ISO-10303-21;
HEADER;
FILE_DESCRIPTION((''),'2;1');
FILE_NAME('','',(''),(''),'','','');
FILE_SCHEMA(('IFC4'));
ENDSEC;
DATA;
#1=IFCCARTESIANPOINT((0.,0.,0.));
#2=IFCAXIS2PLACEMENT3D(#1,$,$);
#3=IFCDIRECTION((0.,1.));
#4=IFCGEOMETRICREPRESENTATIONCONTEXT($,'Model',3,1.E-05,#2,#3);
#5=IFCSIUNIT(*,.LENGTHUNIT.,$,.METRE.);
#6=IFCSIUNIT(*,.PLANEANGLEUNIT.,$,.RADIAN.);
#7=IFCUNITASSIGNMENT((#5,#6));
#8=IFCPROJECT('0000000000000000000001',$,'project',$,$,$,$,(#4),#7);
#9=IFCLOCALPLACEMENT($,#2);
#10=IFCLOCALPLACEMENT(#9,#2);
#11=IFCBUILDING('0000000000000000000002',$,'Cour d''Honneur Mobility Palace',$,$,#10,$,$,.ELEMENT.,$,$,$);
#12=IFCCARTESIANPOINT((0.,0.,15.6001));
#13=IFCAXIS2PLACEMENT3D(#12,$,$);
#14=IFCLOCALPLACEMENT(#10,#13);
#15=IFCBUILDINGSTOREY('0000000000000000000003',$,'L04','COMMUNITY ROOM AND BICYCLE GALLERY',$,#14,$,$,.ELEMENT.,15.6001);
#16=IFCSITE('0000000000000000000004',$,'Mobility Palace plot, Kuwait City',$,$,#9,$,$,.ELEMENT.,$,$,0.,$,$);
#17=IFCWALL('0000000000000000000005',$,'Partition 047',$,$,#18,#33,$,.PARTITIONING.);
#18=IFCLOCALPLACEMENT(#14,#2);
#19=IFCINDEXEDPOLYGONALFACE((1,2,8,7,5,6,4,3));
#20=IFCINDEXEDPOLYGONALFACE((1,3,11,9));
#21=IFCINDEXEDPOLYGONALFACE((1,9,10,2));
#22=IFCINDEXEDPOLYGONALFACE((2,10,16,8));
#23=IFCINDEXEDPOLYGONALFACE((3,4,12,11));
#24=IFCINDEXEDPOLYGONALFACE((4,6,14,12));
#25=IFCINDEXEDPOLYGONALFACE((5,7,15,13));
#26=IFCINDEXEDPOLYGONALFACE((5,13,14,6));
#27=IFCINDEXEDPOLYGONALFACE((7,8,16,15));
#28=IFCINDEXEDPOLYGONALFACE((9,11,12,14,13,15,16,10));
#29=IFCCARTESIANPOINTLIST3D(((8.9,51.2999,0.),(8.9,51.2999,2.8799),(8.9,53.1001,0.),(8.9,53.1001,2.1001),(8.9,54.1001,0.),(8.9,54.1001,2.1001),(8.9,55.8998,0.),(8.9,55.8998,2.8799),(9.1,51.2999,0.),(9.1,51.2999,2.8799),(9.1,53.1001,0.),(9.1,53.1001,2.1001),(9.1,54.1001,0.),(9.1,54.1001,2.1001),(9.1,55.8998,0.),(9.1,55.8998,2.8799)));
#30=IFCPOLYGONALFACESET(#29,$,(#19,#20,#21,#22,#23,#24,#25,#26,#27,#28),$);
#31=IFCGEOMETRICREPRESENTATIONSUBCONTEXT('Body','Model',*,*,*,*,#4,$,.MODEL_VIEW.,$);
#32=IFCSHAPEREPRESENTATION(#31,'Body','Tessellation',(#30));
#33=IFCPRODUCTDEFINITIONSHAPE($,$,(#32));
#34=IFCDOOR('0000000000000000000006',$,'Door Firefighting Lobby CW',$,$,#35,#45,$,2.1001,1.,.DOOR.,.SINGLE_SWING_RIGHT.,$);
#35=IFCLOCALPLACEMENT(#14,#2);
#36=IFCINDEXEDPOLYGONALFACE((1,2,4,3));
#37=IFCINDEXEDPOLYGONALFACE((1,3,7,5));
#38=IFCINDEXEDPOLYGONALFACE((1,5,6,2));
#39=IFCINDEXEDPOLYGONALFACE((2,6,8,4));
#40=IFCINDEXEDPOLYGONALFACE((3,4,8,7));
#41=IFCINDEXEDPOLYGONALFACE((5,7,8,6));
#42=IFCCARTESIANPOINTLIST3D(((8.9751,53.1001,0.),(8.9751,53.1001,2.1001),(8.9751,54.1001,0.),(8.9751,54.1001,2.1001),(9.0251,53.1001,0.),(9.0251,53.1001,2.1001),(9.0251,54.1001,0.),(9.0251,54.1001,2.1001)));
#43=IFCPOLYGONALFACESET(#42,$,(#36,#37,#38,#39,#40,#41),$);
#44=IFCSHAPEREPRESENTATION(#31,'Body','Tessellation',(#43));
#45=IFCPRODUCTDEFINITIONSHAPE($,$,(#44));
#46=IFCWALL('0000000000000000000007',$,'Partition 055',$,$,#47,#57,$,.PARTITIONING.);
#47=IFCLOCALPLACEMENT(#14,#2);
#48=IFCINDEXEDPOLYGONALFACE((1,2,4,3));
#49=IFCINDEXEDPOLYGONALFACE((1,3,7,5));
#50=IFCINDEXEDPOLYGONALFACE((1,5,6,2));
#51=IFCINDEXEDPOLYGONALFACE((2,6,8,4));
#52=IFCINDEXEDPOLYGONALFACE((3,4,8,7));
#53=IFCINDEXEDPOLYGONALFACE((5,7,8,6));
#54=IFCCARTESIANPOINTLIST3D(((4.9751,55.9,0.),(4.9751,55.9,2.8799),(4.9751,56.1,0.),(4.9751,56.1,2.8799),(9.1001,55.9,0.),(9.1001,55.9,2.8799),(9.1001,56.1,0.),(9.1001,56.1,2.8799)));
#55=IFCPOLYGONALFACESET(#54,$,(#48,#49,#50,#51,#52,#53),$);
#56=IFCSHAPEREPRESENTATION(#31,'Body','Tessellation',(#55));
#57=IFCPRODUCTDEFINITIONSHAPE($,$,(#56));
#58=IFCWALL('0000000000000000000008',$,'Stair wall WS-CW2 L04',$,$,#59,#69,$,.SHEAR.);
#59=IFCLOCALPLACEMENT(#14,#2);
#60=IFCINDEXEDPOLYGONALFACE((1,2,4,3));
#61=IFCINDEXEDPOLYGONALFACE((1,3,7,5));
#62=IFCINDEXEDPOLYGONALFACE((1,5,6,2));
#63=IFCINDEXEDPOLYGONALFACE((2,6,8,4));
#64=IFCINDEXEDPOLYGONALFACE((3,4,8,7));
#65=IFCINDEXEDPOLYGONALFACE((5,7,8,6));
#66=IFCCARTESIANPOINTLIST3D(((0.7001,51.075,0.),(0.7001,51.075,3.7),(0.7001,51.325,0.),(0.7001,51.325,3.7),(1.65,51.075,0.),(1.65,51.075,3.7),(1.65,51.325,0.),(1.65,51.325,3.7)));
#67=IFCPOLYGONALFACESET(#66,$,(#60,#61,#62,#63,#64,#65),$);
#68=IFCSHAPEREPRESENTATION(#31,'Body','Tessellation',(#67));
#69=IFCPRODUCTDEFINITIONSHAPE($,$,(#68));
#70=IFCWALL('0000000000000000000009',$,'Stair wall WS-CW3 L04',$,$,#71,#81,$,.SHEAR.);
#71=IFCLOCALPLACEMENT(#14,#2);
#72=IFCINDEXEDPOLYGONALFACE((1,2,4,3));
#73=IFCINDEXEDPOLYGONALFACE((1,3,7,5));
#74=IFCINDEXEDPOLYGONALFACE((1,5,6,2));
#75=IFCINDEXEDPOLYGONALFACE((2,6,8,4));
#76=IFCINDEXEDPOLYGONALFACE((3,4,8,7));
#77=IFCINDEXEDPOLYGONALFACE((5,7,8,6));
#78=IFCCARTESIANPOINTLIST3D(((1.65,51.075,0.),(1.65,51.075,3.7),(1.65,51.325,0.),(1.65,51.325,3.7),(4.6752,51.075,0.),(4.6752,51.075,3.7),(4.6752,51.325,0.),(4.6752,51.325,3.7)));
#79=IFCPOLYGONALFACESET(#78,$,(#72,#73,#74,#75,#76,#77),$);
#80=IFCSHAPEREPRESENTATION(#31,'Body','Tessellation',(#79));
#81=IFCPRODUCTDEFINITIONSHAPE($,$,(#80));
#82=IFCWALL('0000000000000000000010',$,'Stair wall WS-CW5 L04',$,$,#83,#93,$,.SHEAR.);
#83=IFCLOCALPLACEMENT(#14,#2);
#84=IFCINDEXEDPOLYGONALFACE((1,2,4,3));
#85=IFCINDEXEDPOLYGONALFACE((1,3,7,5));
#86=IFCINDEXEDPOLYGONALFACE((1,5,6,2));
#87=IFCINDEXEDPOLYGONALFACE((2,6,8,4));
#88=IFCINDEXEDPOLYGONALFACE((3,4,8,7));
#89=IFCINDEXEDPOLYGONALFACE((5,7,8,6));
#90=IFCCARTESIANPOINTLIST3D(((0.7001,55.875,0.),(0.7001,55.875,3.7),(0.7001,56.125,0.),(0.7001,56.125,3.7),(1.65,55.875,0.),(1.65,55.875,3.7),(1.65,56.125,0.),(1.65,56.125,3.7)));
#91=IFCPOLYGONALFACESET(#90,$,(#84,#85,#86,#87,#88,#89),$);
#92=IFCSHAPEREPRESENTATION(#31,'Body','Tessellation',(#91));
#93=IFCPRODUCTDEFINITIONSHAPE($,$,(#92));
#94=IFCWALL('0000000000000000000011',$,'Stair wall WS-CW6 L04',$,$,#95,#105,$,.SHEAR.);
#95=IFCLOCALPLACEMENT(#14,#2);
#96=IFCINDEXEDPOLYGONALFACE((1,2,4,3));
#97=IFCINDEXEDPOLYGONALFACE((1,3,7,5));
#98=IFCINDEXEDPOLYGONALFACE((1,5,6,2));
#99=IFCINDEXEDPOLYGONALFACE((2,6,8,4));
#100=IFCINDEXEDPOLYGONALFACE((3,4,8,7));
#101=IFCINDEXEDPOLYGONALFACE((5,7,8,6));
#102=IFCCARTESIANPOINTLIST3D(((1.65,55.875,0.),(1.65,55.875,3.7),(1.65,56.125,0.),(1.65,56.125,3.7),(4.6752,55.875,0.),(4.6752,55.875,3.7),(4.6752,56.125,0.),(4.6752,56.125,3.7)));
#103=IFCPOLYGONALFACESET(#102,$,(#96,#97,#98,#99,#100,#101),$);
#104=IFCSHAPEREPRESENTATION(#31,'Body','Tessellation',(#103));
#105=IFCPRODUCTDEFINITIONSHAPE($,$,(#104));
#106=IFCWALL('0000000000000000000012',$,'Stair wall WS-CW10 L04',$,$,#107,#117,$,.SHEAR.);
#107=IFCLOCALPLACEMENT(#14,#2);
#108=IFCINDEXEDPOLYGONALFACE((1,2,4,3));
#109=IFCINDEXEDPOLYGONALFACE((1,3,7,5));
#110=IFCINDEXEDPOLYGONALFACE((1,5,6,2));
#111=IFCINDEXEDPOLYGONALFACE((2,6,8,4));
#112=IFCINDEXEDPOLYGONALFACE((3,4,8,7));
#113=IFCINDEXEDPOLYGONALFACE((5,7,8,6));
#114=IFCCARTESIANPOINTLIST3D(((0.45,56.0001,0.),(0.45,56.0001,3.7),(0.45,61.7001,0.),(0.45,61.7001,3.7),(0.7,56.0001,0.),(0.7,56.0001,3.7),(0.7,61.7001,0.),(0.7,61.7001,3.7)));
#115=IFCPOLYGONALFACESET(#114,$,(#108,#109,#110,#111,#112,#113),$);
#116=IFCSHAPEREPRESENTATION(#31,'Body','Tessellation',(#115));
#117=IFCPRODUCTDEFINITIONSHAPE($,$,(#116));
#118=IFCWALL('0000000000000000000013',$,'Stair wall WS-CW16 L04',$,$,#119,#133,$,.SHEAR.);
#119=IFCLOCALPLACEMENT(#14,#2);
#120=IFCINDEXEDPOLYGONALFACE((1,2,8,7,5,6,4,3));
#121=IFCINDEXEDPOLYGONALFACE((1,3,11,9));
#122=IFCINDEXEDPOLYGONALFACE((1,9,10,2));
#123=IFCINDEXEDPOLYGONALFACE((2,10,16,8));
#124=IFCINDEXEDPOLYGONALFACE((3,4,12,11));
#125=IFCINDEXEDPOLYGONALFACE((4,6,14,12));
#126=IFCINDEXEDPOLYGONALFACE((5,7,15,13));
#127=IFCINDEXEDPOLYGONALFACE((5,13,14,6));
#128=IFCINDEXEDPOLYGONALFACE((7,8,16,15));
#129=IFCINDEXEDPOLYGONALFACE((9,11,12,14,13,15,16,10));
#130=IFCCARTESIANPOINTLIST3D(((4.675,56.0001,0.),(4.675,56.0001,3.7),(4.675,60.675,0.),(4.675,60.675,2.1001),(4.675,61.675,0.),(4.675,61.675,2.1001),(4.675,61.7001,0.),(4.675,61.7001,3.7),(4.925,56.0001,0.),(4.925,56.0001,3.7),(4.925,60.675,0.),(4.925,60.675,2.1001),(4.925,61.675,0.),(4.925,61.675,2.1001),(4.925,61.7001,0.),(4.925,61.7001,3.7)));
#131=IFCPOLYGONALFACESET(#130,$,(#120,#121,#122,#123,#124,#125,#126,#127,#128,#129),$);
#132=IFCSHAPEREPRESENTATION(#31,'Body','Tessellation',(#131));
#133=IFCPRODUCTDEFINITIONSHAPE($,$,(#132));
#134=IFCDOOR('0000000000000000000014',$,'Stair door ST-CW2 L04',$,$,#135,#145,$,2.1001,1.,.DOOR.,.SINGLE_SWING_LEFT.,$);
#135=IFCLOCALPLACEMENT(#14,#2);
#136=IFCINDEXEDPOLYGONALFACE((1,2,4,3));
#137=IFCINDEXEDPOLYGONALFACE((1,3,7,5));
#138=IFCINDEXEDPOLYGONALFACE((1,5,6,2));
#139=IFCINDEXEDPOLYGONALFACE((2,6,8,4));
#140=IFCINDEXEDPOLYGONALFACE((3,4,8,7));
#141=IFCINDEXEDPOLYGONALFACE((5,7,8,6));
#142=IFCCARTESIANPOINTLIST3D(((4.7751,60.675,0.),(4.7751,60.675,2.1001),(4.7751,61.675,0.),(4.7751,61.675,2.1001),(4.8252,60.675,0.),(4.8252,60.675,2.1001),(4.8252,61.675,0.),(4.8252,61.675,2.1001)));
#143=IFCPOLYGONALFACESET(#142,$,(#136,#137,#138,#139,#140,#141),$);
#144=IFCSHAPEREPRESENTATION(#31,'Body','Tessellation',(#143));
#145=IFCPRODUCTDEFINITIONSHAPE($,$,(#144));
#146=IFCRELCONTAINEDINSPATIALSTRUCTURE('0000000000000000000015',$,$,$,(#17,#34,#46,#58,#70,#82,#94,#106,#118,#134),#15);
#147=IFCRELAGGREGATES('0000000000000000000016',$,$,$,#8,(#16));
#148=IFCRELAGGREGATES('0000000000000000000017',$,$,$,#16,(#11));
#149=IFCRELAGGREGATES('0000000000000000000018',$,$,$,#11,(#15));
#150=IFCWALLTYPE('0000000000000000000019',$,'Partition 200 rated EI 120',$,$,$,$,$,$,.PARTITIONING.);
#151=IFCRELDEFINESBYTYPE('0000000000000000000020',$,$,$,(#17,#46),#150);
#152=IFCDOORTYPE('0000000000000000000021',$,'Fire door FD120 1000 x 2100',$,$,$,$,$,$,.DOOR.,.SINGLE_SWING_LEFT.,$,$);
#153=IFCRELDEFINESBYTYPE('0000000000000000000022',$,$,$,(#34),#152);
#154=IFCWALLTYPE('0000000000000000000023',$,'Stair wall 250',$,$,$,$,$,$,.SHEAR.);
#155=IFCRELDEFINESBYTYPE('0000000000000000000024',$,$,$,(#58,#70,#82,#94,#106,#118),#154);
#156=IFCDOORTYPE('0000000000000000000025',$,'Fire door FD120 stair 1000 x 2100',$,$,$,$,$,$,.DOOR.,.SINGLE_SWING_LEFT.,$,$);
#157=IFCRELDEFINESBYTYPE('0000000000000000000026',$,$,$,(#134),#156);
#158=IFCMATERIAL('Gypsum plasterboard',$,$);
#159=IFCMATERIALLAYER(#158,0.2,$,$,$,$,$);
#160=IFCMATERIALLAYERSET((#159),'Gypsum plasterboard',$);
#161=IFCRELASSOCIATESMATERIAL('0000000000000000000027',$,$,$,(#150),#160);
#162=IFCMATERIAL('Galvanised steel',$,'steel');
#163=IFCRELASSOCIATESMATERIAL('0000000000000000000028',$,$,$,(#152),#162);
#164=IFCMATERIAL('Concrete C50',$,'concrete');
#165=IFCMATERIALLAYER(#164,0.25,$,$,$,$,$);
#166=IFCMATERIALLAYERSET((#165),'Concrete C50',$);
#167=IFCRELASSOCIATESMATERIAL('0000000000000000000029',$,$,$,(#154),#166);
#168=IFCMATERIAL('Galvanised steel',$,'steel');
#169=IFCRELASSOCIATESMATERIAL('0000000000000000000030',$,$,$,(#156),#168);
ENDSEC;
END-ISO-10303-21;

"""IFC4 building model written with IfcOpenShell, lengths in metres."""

from ifc_helpers import new_model, si_unit, direction, frame, frame_2d, origin, place, context, subcontext, project, spatial, rectangle, extrude, material, layer, layer_set, type_object, element, fill, save


model = new_model("IFC4")

# Units and contexts
model_context = context("Model", 3, precision=1e-05, world=origin(), true_north=direction((0.0, 1.0)))
body_context = subcontext(model_context, "Body", "Model", "MODEL_VIEW")
ifc_project = project(units=[si_unit("LENGTHUNIT", "METRE"), si_unit("PLANEANGLEUNIT", "RADIAN")], contexts=[model_context])

# Site, building, storey
site_placement = place(None, origin())
site = spatial("IfcSite", under=ifc_project, at=site_placement, Name="Mobility Palace plot, Kuwait City", CompositionType="ELEMENT", RefElevation=0.0)
building_placement = place(site_placement, origin())
building = spatial("IfcBuilding", under=site, at=building_placement, Name="Cour d'Honneur Mobility Palace", CompositionType="ELEMENT")
storey_placement = place(building_placement, frame((0.0, 0.0, 15.6001)))
storey = spatial("IfcBuildingStorey", under=building, at=storey_placement, Name="L04", Description="COMMUNITY ROOM AND BICYCLE GALLERY", CompositionType="ELEMENT", Elevation=15.6001)

# Shared definitions
ifc_material_1 = material(Name="Gypsum plasterboard")
ifc_layer_1 = layer(ifc_material_1, 0.2)
ifc_layer_set_1 = layer_set([ifc_layer_1], Name="Gypsum plasterboard")
wall_type_1 = type_object("IfcWallType", Name="Partition 200 rated EI 120", PredefinedType="PARTITIONING", material=ifc_layer_set_1)

# Wall, opening, door
wall_1_placement = place(storey_placement, frame((9.0, 51.3, 0.0), z_axis=(0.0, 0.0, 1.0), x_axis=(0.0, 1.0, 0.0)))
wall_1 = element("IfcWall", 1, at=wall_1_placement, inside=storey, type_object=wall_type_1, Name="Partition 047", PredefinedType="PARTITIONING", context=body_context, shape_type="SweptSolid", body=[
    extrude(rectangle(XDim=4.5999, YDim=0.2, at=frame_2d((2.2998, 0.0))), origin(), (0.0, 0.0, 1.0), 2.8799),
])
opening_1_placement = place(wall_1_placement, frame((1.8, 0.0, 0.0)))
opening_1 = element("IfcOpeningElement", 2, at=opening_1_placement, cuts=wall_1, PredefinedType="OPENING", context=body_context, shape_type="SweptSolid", body=[
    extrude(rectangle(XDim=1.0, YDim=2.1001, at=frame_2d((0.5, 1.05))), frame((0.0, 0.1099, 0.0), z_axis=(0.0, -1.0, 0.0), x_axis=(1.0, 0.0, 0.0)), (0.0, 0.0, 1.0), 0.22),
])
ifc_material_2 = material(Name="Galvanised steel", Category="steel")
door_type_1 = type_object("IfcDoorType", Name="Fire door FD120 1000 x 2100", OperationType="SINGLE_SWING_LEFT", PredefinedType="DOOR", material=ifc_material_2)
door_1_placement = place(opening_1_placement, origin())
door_1 = element("IfcDoor", 3, at=door_1_placement, inside=storey, type_object=door_type_1, Name="Door Firefighting Lobby CW", OperationType="SINGLE_SWING_RIGHT", OverallHeight=2.1001, OverallWidth=1.0, PredefinedType="DOOR", context=body_context, shape_type="SweptSolid", body=[
    extrude(rectangle(XDim=1.0, YDim=2.1001, at=frame_2d((0.5, 1.05))), frame((0.0, 0.0249, 0.0), z_axis=(0.0, -1.0, 0.0), x_axis=(1.0, 0.0, 0.0)), (0.0, 0.0, 1.0), 0.05),
])
fill(opening_1, door_1)

# Walls
wall_2_placement = place(storey_placement, frame((9.1001, 56.0, 0.0), z_axis=(0.0, 0.0, 1.0), x_axis=(-1.0, 0.0, 0.0)))
element("IfcWall", 4, at=wall_2_placement, inside=storey, type_object=wall_type_1, Name="Partition 055", PredefinedType="PARTITIONING", context=body_context, shape_type="SweptSolid", body=[
    extrude(rectangle(XDim=4.125, YDim=0.2, at=frame_2d((2.0625, 0.0))), origin(), (0.0, 0.0, 1.0), 2.8799),
])
ifc_material_3 = material(Name="Concrete C50", Category="concrete")
ifc_layer_2 = layer(ifc_material_3, 0.25)
ifc_layer_set_2 = layer_set([ifc_layer_2], Name="Concrete C50")
wall_type_2 = type_object("IfcWallType", Name="Stair wall 250", PredefinedType="SHEAR", material=ifc_layer_set_2)
wall_3_placement = place(storey_placement, frame((0.7, 51.2, 0.0), z_axis=(0.0, 0.0, 1.0), x_axis=(1.0, 0.0, 0.0)))
element("IfcWall", 5, at=wall_3_placement, inside=storey, type_object=wall_type_2, Name="Stair wall WS-CW2 L04", PredefinedType="SHEAR", context=body_context, shape_type="SweptSolid", body=[
    extrude(rectangle(XDim=0.95, YDim=0.25, at=frame_2d((0.4751, 0.0))), origin(), (0.0, 0.0, 1.0), 3.7),
])
wall_4_placement = place(storey_placement, frame((1.6499, 51.2, 0.0), z_axis=(0.0, 0.0, 1.0), x_axis=(1.0, 0.0, 0.0)))
element("IfcWall", 6, at=wall_4_placement, inside=storey, type_object=wall_type_2, Name="Stair wall WS-CW3 L04", PredefinedType="SHEAR", context=body_context, shape_type="SweptSolid", body=[
    extrude(rectangle(XDim=3.0251, YDim=0.25, at=frame_2d((1.5127, 0.0))), origin(), (0.0, 0.0, 1.0), 3.7),
])
wall_5_placement = place(storey_placement, frame((0.7, 56.0, 0.0), z_axis=(0.0, 0.0, 1.0), x_axis=(1.0, 0.0, 0.0)))
element("IfcWall", 7, at=wall_5_placement, inside=storey, type_object=wall_type_2, Name="Stair wall WS-CW5 L04", PredefinedType="SHEAR", context=body_context, shape_type="SweptSolid", body=[
    extrude(rectangle(XDim=0.95, YDim=0.25, at=frame_2d((0.4751, 0.0))), origin(), (0.0, 0.0, 1.0), 3.7),
])
wall_6_placement = place(storey_placement, frame((1.6499, 56.0, 0.0), z_axis=(0.0, 0.0, 1.0), x_axis=(1.0, 0.0, 0.0)))
element("IfcWall", 8, at=wall_6_placement, inside=storey, type_object=wall_type_2, Name="Stair wall WS-CW6 L04", PredefinedType="SHEAR", context=body_context, shape_type="SweptSolid", body=[
    extrude(rectangle(XDim=3.0251, YDim=0.25, at=frame_2d((1.5127, 0.0))), origin(), (0.0, 0.0, 1.0), 3.7),
])
wall_7_placement = place(storey_placement, frame((0.575, 56.0, 0.0), z_axis=(0.0, 0.0, 1.0), x_axis=(0.0, 1.0, 0.0)))
element("IfcWall", 9, at=wall_7_placement, inside=storey, type_object=wall_type_2, Name="Stair wall WS-CW10 L04", PredefinedType="SHEAR", context=body_context, shape_type="SweptSolid", body=[
    extrude(rectangle(XDim=5.7, YDim=0.25, at=frame_2d((2.8501, 0.0))), origin(), (0.0, 0.0, 1.0), 3.7),
])

# Wall, opening, door
wall_8_placement = place(storey_placement, frame((4.8, 56.0, 0.0), z_axis=(0.0, 0.0, 1.0), x_axis=(0.0, 1.0, 0.0)))
wall_8 = element("IfcWall", 10, at=wall_8_placement, inside=storey, type_object=wall_type_2, Name="Stair wall WS-CW16 L04", PredefinedType="SHEAR", context=body_context, shape_type="SweptSolid", body=[
    extrude(rectangle(XDim=5.7, YDim=0.25, at=frame_2d((2.8501, 0.0))), origin(), (0.0, 0.0, 1.0), 3.7),
])
opening_2_placement = place(wall_8_placement, frame((4.675, 0.0, 0.0)))
opening_2 = element("IfcOpeningElement", 11, at=opening_2_placement, cuts=wall_8, PredefinedType="OPENING", context=body_context, shape_type="SweptSolid", body=[
    extrude(rectangle(XDim=1.0, YDim=2.1001, at=frame_2d((0.5, 1.05))), frame((0.0, 0.135, 0.0), z_axis=(0.0, -1.0, 0.0), x_axis=(1.0, 0.0, 0.0)), (0.0, 0.0, 1.0), 0.27),
])
ifc_material_4 = material(Name="Galvanised steel", Category="steel")
door_type_2 = type_object("IfcDoorType", Name="Fire door FD120 stair 1000 x 2100", OperationType="SINGLE_SWING_LEFT", PredefinedType="DOOR", material=ifc_material_4)
door_2_placement = place(opening_2_placement, origin())
door_2 = element("IfcDoor", 12, at=door_2_placement, inside=storey, type_object=door_type_2, Name="Stair door ST-CW2 L04", OperationType="SINGLE_SWING_LEFT", OverallHeight=2.1001, OverallWidth=1.0, PredefinedType="DOOR", context=body_context, shape_type="SweptSolid", body=[
    extrude(rectangle(XDim=1.0, YDim=2.1001, at=frame_2d((0.5, 1.05))), frame((0.0, 0.0249, 0.0), z_axis=(0.0, -1.0, 0.0), x_axis=(1.0, 0.0, 0.0)), (0.0, 0.0, 1.0), 0.05),
])
fill(opening_2, door_2)

save(model, "model.ifc")
